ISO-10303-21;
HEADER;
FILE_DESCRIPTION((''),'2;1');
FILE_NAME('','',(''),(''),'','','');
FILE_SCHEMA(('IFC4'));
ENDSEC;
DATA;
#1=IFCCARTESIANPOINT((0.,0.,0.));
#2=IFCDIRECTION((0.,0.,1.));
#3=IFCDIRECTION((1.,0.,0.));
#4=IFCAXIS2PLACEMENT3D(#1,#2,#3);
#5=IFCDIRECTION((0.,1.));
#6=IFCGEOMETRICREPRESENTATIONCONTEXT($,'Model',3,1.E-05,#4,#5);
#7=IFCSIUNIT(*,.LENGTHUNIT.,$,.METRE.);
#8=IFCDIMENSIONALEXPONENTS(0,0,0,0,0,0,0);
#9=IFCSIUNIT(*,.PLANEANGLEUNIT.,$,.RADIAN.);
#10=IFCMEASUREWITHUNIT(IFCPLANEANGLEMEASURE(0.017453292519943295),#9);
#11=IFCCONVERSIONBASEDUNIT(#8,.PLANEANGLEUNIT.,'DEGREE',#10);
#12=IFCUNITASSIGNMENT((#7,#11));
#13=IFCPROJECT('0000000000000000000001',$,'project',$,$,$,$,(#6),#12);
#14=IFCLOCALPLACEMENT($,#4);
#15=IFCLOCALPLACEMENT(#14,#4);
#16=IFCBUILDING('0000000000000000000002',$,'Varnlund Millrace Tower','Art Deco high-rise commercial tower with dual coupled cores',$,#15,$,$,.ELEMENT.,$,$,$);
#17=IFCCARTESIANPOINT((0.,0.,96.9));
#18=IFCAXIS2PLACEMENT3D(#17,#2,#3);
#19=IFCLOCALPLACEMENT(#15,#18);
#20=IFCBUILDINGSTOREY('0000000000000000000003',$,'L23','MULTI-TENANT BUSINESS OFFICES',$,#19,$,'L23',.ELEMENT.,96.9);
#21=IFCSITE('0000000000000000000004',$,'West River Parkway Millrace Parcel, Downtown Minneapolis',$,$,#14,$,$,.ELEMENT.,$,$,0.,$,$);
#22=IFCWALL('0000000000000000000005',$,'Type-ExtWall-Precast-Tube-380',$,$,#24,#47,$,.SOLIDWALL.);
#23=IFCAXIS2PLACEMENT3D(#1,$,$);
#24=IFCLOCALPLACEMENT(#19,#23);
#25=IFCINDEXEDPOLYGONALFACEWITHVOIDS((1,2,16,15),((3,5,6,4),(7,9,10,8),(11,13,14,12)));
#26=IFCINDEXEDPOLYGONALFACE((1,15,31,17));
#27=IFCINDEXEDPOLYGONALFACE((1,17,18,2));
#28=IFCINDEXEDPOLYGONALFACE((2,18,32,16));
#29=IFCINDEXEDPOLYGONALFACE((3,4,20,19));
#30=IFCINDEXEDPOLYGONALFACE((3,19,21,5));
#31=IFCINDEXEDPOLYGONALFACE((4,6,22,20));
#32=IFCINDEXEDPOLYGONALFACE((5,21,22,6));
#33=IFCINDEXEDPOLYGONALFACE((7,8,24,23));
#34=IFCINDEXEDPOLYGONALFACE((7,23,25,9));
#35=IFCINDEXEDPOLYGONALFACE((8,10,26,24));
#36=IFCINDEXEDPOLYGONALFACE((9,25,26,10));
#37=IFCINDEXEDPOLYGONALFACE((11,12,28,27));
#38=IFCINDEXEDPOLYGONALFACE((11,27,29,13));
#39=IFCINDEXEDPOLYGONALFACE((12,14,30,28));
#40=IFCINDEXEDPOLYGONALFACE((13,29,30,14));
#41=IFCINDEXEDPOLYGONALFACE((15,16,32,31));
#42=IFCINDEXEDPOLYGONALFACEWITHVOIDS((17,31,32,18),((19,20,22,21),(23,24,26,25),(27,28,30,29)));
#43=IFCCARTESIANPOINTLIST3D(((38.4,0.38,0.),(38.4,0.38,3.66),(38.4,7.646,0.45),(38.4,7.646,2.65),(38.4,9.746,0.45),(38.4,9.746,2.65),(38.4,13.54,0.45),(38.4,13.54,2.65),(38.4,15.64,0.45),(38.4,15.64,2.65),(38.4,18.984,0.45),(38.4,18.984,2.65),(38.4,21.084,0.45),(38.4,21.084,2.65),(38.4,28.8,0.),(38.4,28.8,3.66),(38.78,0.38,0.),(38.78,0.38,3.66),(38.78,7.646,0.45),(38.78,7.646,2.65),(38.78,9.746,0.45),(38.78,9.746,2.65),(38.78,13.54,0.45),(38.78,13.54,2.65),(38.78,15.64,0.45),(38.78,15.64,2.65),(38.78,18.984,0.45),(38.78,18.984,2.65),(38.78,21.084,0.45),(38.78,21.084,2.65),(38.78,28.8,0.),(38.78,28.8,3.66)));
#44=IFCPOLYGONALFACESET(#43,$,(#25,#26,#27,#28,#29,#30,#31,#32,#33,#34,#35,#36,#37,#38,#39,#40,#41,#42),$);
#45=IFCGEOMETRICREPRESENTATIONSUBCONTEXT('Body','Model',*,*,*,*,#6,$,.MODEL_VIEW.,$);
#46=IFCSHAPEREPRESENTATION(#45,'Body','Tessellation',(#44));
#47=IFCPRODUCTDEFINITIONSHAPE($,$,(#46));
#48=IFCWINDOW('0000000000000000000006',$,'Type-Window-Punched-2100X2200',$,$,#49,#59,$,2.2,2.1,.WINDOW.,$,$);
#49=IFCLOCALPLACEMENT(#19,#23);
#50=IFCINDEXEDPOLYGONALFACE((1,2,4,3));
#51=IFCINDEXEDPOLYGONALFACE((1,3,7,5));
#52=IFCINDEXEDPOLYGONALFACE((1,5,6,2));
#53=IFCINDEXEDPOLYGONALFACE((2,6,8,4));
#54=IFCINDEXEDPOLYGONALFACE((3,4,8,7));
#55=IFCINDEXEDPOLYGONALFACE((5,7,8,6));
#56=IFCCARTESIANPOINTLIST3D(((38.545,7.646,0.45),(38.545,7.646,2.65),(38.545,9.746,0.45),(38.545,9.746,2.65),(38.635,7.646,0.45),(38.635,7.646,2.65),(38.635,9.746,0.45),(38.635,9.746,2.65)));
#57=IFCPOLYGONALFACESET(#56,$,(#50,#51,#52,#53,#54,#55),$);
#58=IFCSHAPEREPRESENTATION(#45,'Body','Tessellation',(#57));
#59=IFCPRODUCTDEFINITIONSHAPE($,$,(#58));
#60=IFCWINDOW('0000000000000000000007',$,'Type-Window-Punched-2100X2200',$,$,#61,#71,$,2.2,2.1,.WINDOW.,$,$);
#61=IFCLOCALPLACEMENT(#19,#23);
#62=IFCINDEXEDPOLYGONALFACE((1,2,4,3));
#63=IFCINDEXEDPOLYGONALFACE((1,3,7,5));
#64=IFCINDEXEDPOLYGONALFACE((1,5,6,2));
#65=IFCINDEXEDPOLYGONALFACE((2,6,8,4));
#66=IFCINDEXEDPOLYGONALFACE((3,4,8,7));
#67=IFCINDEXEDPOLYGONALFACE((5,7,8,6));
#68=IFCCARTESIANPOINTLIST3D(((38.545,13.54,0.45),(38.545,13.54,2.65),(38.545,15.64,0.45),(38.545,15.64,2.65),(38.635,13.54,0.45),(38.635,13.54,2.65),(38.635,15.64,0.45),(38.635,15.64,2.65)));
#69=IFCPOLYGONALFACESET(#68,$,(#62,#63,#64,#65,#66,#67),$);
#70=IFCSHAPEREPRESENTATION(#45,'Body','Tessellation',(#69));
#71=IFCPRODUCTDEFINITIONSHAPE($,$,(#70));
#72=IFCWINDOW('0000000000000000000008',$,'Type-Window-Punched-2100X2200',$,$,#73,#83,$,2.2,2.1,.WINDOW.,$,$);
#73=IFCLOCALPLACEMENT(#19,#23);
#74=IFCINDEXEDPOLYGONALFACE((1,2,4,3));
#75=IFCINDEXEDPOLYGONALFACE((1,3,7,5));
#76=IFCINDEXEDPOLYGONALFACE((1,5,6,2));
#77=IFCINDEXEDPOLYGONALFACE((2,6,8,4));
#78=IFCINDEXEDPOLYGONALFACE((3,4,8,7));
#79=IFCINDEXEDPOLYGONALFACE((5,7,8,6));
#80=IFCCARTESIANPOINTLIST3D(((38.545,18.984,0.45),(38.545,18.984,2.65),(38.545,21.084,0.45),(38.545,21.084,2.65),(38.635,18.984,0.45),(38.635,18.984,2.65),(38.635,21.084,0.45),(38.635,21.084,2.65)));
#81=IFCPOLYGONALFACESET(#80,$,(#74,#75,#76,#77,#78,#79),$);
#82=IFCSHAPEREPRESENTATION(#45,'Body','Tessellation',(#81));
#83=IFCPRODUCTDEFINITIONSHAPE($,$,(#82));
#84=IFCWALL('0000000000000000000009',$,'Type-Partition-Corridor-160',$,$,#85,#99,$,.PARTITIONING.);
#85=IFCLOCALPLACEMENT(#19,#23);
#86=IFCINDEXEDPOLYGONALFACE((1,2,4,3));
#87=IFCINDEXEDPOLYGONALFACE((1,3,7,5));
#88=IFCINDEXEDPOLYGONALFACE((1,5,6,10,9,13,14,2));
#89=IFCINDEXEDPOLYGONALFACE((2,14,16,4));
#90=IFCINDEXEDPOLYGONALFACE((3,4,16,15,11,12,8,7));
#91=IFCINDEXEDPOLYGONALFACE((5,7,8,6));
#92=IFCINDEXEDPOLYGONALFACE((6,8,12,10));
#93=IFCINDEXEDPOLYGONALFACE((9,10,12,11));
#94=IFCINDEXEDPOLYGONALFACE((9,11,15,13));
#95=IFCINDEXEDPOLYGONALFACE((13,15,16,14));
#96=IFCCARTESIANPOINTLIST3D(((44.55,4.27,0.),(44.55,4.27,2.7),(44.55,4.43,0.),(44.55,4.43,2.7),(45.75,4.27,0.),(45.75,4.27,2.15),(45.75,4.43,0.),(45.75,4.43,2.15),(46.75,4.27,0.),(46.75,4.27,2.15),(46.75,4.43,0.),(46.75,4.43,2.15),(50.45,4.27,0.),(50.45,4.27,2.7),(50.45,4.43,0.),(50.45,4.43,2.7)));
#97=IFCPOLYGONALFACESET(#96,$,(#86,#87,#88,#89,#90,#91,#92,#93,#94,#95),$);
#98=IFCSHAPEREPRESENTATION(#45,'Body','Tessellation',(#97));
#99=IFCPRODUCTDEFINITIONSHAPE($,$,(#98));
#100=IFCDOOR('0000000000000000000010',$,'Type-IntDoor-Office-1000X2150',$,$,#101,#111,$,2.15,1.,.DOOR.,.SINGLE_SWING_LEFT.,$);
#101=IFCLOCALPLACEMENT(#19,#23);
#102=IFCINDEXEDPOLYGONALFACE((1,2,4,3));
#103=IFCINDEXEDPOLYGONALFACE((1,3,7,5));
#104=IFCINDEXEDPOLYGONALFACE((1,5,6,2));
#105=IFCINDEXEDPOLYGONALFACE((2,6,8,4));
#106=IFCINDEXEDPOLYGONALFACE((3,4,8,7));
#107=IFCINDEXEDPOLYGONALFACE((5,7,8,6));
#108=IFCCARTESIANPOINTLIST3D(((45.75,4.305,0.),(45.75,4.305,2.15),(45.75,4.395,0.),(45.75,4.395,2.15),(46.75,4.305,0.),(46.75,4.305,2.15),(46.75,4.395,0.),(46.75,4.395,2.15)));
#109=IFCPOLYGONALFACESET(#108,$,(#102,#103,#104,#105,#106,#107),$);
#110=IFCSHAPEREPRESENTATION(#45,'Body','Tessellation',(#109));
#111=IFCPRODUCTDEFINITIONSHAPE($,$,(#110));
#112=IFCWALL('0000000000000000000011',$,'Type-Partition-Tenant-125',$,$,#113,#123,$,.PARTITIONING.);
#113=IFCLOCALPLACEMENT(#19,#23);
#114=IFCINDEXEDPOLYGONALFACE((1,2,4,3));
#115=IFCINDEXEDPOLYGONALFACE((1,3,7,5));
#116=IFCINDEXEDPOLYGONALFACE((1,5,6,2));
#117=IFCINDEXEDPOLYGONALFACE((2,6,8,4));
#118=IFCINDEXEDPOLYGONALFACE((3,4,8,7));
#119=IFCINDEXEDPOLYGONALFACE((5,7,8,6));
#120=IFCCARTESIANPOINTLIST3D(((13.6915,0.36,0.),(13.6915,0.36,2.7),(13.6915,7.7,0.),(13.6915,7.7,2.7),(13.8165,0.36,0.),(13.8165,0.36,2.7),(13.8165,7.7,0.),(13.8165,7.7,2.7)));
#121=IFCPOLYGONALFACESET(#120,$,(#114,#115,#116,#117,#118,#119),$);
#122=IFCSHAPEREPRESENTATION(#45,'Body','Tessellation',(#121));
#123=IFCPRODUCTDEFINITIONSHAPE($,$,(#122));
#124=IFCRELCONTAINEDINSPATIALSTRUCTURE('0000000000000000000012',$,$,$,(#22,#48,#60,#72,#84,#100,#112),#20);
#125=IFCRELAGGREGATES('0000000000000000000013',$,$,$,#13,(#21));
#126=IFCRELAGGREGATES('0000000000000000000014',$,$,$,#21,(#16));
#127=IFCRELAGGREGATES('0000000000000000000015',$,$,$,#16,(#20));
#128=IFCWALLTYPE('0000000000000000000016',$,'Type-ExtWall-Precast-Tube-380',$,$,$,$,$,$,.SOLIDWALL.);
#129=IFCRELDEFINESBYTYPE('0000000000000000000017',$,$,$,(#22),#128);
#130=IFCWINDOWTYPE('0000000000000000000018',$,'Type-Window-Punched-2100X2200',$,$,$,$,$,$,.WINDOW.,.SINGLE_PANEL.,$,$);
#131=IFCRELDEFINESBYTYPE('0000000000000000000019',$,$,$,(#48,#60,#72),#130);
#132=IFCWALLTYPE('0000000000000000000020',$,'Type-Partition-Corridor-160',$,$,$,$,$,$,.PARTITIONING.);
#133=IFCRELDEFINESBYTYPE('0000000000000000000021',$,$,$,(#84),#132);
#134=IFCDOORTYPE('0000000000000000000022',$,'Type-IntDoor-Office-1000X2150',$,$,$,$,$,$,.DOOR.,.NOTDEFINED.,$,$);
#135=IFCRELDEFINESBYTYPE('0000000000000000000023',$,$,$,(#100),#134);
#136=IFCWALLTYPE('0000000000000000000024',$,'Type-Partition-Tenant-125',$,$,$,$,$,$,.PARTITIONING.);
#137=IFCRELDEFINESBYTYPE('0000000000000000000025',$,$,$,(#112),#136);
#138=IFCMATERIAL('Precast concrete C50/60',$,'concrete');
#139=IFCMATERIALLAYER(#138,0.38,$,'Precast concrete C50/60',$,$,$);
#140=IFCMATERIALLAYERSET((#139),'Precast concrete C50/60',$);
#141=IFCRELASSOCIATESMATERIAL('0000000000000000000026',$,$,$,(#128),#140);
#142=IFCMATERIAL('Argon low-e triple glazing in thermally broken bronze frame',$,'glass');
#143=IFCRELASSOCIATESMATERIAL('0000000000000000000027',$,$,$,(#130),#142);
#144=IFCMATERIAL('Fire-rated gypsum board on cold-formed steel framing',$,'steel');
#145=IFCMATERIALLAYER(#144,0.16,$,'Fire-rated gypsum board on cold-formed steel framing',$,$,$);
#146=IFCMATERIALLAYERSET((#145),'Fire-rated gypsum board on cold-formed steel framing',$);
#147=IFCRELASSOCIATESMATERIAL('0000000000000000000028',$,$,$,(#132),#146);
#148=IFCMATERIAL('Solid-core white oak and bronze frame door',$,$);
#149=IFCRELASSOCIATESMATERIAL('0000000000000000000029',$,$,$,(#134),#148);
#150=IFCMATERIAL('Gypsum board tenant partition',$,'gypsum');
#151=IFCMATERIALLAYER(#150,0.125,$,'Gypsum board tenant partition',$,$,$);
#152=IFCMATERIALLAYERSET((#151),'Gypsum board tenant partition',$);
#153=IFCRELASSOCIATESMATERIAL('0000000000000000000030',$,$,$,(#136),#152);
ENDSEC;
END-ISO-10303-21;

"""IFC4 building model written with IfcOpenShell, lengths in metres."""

from ifc_helpers import new_model, entity, si_unit, converted_unit, direction, frame, origin_with_axes, origin_2d_with_axis, place, context, subcontext, project, spatial, polyline, rectangle, outline, extrude, material, layer, layer_set, type_object, element, fill, save


model = new_model("IFC4")

# Units and contexts
model_context = context("Model", 3, precision=1e-05, world=origin_with_axes(), true_north=direction((0.0, 1.0)))
body_context = subcontext(model_context, "Body", "Model", "MODEL_VIEW")
ifc_project = project(units=[si_unit("LENGTHUNIT", "METRE"), converted_unit("PLANEANGLEUNIT", "DEGREE", entity("IfcPlaneAngleMeasure", 0.017453292519943295), si_unit("PLANEANGLEUNIT", "RADIAN"), dimensions=[0, 0, 0, 0, 0, 0, 0])], contexts=[model_context])

# Site, building, storey
site_placement = place(None, origin_with_axes())
site = spatial("IfcSite", under=ifc_project, at=site_placement, Name="West River Parkway Millrace Parcel, Downtown Minneapolis", CompositionType="ELEMENT", RefElevation=0.0)
building_placement = place(site_placement, origin_with_axes())
building = spatial("IfcBuilding", under=site, at=building_placement, Name="Varnlund Millrace Tower", Description="Art Deco high-rise commercial tower with dual coupled cores", CompositionType="ELEMENT")
storey_placement = place(building_placement, frame((0.0, 0.0, 96.9), z_axis=(0.0, 0.0, 1.0), x_axis=(1.0, 0.0, 0.0)))
storey = spatial("IfcBuildingStorey", under=building, at=storey_placement, Name="L23", Description="MULTI-TENANT BUSINESS OFFICES", LongName="L23", CompositionType="ELEMENT", Elevation=96.9)

# Wall, openings, windows
ifc_material_1 = material(Name="Precast concrete C50/60", Category="concrete")
ifc_layer_1 = layer(ifc_material_1, 0.38, Name="Precast concrete C50/60")
ifc_layer_set_1 = layer_set([ifc_layer_1], Name="Precast concrete C50/60")
wall_type_1 = type_object("IfcWallType", Name="Type-ExtWall-Precast-Tube-380", PredefinedType="SOLIDWALL", material=ifc_layer_set_1)
ifc_material_2 = material(Name="Argon low-e triple glazing in thermally broken bronze frame", Category="glass")
window_type = type_object("IfcWindowType", Name="Type-Window-Punched-2100X2200", PartitioningType="SINGLE_PANEL", PredefinedType="WINDOW", material=ifc_material_2)
wall_1_placement = place(storey_placement, frame((38.59, 0.38, 0.0), z_axis=(0.0, 0.0, 1.0), x_axis=(0.0, 1.0, 0.0)))
wall_1 = element("IfcWall", 1, at=wall_1_placement, inside=storey, type_object=wall_type_1, Name="Type-ExtWall-Precast-Tube-380", PredefinedType="SOLIDWALL", context=body_context, shape_type="SweptSolid", body=[
    extrude(outline(polyline([(0.0, -0.19), (28.42, -0.19), (28.42, 0.19), (0.0, 0.19), (0.0, -0.19)])), origin_with_axes(), (0.0, 0.0, 1.0), 3.66),
])
opening_1_placement = place(wall_1_placement, frame((8.316, 0.0, 0.45), z_axis=(0.0, 0.0, 1.0), x_axis=(1.0, 0.0, 0.0)))
opening_1 = element("IfcOpeningElement", 2, at=opening_1_placement, cuts=wall_1, PredefinedType="OPENING", context=body_context, shape_type="SweptSolid", body=[
    extrude(rectangle(XDim=2.1, YDim=0.4, at=origin_2d_with_axis()), origin_with_axes(), (0.0, 0.0, 1.0), 2.2),
])
opening_2_placement = place(wall_1_placement, frame((14.21, 0.0, 0.45), z_axis=(0.0, 0.0, 1.0), x_axis=(1.0, 0.0, 0.0)))
opening_2 = element("IfcOpeningElement", 3, at=opening_2_placement, cuts=wall_1, PredefinedType="OPENING", context=body_context, shape_type="SweptSolid", body=[
    extrude(rectangle(XDim=2.1, YDim=0.4, at=origin_2d_with_axis()), origin_with_axes(), (0.0, 0.0, 1.0), 2.2),
])
opening_3_placement = place(wall_1_placement, frame((19.654, 0.0, 0.45), z_axis=(0.0, 0.0, 1.0), x_axis=(1.0, 0.0, 0.0)))
opening_3 = element("IfcOpeningElement", 4, at=opening_3_placement, cuts=wall_1, PredefinedType="OPENING", context=body_context, shape_type="SweptSolid", body=[
    extrude(rectangle(XDim=2.1, YDim=0.4, at=origin_2d_with_axis()), origin_with_axes(), (0.0, 0.0, 1.0), 2.2),
])
window_1_placement = place(wall_1_placement, frame((8.316, 0.0, 0.45), z_axis=(0.0, 0.0, 1.0), x_axis=(1.0, 0.0, 0.0)))
window_1 = element("IfcWindow", 5, at=window_1_placement, inside=storey, type_object=window_type, Name="Type-Window-Punched-2100X2200", OverallHeight=2.2, OverallWidth=2.1, PredefinedType="WINDOW", context=body_context, shape_type="SweptSolid", body=[
    extrude(rectangle(XDim=2.1, YDim=0.09, at=origin_2d_with_axis()), origin_with_axes(), (0.0, 0.0, 1.0), 2.2),
])
fill(opening_1, window_1)
window_2_placement = place(wall_1_placement, frame((14.21, 0.0, 0.45), z_axis=(0.0, 0.0, 1.0), x_axis=(1.0, 0.0, 0.0)))
window_2 = element("IfcWindow", 6, at=window_2_placement, inside=storey, type_object=window_type, Name="Type-Window-Punched-2100X2200", OverallHeight=2.2, OverallWidth=2.1, PredefinedType="WINDOW", context=body_context, shape_type="SweptSolid", body=[
    extrude(rectangle(XDim=2.1, YDim=0.09, at=origin_2d_with_axis()), origin_with_axes(), (0.0, 0.0, 1.0), 2.2),
])
fill(opening_2, window_2)
window_3_placement = place(wall_1_placement, frame((19.654, 0.0, 0.45), z_axis=(0.0, 0.0, 1.0), x_axis=(1.0, 0.0, 0.0)))
window_3 = element("IfcWindow", 7, at=window_3_placement, inside=storey, type_object=window_type, Name="Type-Window-Punched-2100X2200", OverallHeight=2.2, OverallWidth=2.1, PredefinedType="WINDOW", context=body_context, shape_type="SweptSolid", body=[
    extrude(rectangle(XDim=2.1, YDim=0.09, at=origin_2d_with_axis()), origin_with_axes(), (0.0, 0.0, 1.0), 2.2),
])
fill(opening_3, window_3)

# Wall, opening, door
ifc_material_3 = material(Name="Fire-rated gypsum board on cold-formed steel framing", Category="steel")
ifc_layer_2 = layer(ifc_material_3, 0.16, Name="Fire-rated gypsum board on cold-formed steel framing")
ifc_layer_set_2 = layer_set([ifc_layer_2], Name="Fire-rated gypsum board on cold-formed steel framing")
wall_type_2 = type_object("IfcWallType", Name="Type-Partition-Corridor-160", PredefinedType="PARTITIONING", material=ifc_layer_set_2)
wall_2_placement = place(storey_placement, frame((44.55, 4.35, 0.0), z_axis=(0.0, 0.0, 1.0), x_axis=(1.0, 0.0, 0.0)))
wall_2 = element("IfcWall", 8, at=wall_2_placement, inside=storey, type_object=wall_type_2, Name="Type-Partition-Corridor-160", PredefinedType="PARTITIONING", context=body_context, shape_type="SweptSolid", body=[
    extrude(outline(polyline([(0.0, -0.08), (5.9, -0.08), (5.9, 0.08), (0.0, 0.08), (0.0, -0.08)])), origin_with_axes(), (0.0, 0.0, 1.0), 2.7),
])
opening_4_placement = place(wall_2_placement, frame((1.7, 0.0, 0.0), z_axis=(0.0, 0.0, 1.0), x_axis=(1.0, 0.0, 0.0)))
opening_4 = element("IfcOpeningElement", 9, at=opening_4_placement, cuts=wall_2, PredefinedType="OPENING", context=body_context, shape_type="SweptSolid", body=[
    extrude(rectangle(XDim=1.0, YDim=0.18, at=origin_2d_with_axis()), origin_with_axes(), (0.0, 0.0, 1.0), 2.15),
])
ifc_material_4 = material(Name="Solid-core white oak and bronze frame door")
door_type = type_object("IfcDoorType", Name="Type-IntDoor-Office-1000X2150", OperationType="NOTDEFINED", PredefinedType="DOOR", material=ifc_material_4)
door_placement = place(wall_2_placement, frame((1.7, 0.0, 0.0), z_axis=(0.0, 0.0, 1.0), x_axis=(1.0, 0.0, 0.0)))
door = element("IfcDoor", 10, at=door_placement, inside=storey, type_object=door_type, Name="Type-IntDoor-Office-1000X2150", OperationType="SINGLE_SWING_LEFT", OverallHeight=2.15, OverallWidth=1.0, PredefinedType="DOOR", context=body_context, shape_type="SweptSolid", body=[
    extrude(rectangle(XDim=1.0, YDim=0.09, at=origin_2d_with_axis()), origin_with_axes(), (0.0, 0.0, 1.0), 2.15),
])
fill(opening_4, door)

# Wall
ifc_material_5 = material(Name="Gypsum board tenant partition", Category="gypsum")
ifc_layer_3 = layer(ifc_material_5, 0.125, Name="Gypsum board tenant partition")
ifc_layer_set_3 = layer_set([ifc_layer_3], Name="Gypsum board tenant partition")
wall_type_3 = type_object("IfcWallType", Name="Type-Partition-Tenant-125", PredefinedType="PARTITIONING", material=ifc_layer_set_3)
wall_3_placement = place(storey_placement, frame((13.754, 0.36, 0.0), z_axis=(0.0, 0.0, 1.0), x_axis=(0.0, 1.0, 0.0)))
element("IfcWall", 11, at=wall_3_placement, inside=storey, type_object=wall_type_3, Name="Type-Partition-Tenant-125", PredefinedType="PARTITIONING", context=body_context, shape_type="SweptSolid", body=[
    extrude(outline(polyline([(0.0, -0.0625), (7.34, -0.0625), (7.34, 0.0625), (0.0, 0.0625), (0.0, -0.0625)])), origin_with_axes(), (0.0, 0.0, 1.0), 2.7),
])

save(model, "model.ifc")
